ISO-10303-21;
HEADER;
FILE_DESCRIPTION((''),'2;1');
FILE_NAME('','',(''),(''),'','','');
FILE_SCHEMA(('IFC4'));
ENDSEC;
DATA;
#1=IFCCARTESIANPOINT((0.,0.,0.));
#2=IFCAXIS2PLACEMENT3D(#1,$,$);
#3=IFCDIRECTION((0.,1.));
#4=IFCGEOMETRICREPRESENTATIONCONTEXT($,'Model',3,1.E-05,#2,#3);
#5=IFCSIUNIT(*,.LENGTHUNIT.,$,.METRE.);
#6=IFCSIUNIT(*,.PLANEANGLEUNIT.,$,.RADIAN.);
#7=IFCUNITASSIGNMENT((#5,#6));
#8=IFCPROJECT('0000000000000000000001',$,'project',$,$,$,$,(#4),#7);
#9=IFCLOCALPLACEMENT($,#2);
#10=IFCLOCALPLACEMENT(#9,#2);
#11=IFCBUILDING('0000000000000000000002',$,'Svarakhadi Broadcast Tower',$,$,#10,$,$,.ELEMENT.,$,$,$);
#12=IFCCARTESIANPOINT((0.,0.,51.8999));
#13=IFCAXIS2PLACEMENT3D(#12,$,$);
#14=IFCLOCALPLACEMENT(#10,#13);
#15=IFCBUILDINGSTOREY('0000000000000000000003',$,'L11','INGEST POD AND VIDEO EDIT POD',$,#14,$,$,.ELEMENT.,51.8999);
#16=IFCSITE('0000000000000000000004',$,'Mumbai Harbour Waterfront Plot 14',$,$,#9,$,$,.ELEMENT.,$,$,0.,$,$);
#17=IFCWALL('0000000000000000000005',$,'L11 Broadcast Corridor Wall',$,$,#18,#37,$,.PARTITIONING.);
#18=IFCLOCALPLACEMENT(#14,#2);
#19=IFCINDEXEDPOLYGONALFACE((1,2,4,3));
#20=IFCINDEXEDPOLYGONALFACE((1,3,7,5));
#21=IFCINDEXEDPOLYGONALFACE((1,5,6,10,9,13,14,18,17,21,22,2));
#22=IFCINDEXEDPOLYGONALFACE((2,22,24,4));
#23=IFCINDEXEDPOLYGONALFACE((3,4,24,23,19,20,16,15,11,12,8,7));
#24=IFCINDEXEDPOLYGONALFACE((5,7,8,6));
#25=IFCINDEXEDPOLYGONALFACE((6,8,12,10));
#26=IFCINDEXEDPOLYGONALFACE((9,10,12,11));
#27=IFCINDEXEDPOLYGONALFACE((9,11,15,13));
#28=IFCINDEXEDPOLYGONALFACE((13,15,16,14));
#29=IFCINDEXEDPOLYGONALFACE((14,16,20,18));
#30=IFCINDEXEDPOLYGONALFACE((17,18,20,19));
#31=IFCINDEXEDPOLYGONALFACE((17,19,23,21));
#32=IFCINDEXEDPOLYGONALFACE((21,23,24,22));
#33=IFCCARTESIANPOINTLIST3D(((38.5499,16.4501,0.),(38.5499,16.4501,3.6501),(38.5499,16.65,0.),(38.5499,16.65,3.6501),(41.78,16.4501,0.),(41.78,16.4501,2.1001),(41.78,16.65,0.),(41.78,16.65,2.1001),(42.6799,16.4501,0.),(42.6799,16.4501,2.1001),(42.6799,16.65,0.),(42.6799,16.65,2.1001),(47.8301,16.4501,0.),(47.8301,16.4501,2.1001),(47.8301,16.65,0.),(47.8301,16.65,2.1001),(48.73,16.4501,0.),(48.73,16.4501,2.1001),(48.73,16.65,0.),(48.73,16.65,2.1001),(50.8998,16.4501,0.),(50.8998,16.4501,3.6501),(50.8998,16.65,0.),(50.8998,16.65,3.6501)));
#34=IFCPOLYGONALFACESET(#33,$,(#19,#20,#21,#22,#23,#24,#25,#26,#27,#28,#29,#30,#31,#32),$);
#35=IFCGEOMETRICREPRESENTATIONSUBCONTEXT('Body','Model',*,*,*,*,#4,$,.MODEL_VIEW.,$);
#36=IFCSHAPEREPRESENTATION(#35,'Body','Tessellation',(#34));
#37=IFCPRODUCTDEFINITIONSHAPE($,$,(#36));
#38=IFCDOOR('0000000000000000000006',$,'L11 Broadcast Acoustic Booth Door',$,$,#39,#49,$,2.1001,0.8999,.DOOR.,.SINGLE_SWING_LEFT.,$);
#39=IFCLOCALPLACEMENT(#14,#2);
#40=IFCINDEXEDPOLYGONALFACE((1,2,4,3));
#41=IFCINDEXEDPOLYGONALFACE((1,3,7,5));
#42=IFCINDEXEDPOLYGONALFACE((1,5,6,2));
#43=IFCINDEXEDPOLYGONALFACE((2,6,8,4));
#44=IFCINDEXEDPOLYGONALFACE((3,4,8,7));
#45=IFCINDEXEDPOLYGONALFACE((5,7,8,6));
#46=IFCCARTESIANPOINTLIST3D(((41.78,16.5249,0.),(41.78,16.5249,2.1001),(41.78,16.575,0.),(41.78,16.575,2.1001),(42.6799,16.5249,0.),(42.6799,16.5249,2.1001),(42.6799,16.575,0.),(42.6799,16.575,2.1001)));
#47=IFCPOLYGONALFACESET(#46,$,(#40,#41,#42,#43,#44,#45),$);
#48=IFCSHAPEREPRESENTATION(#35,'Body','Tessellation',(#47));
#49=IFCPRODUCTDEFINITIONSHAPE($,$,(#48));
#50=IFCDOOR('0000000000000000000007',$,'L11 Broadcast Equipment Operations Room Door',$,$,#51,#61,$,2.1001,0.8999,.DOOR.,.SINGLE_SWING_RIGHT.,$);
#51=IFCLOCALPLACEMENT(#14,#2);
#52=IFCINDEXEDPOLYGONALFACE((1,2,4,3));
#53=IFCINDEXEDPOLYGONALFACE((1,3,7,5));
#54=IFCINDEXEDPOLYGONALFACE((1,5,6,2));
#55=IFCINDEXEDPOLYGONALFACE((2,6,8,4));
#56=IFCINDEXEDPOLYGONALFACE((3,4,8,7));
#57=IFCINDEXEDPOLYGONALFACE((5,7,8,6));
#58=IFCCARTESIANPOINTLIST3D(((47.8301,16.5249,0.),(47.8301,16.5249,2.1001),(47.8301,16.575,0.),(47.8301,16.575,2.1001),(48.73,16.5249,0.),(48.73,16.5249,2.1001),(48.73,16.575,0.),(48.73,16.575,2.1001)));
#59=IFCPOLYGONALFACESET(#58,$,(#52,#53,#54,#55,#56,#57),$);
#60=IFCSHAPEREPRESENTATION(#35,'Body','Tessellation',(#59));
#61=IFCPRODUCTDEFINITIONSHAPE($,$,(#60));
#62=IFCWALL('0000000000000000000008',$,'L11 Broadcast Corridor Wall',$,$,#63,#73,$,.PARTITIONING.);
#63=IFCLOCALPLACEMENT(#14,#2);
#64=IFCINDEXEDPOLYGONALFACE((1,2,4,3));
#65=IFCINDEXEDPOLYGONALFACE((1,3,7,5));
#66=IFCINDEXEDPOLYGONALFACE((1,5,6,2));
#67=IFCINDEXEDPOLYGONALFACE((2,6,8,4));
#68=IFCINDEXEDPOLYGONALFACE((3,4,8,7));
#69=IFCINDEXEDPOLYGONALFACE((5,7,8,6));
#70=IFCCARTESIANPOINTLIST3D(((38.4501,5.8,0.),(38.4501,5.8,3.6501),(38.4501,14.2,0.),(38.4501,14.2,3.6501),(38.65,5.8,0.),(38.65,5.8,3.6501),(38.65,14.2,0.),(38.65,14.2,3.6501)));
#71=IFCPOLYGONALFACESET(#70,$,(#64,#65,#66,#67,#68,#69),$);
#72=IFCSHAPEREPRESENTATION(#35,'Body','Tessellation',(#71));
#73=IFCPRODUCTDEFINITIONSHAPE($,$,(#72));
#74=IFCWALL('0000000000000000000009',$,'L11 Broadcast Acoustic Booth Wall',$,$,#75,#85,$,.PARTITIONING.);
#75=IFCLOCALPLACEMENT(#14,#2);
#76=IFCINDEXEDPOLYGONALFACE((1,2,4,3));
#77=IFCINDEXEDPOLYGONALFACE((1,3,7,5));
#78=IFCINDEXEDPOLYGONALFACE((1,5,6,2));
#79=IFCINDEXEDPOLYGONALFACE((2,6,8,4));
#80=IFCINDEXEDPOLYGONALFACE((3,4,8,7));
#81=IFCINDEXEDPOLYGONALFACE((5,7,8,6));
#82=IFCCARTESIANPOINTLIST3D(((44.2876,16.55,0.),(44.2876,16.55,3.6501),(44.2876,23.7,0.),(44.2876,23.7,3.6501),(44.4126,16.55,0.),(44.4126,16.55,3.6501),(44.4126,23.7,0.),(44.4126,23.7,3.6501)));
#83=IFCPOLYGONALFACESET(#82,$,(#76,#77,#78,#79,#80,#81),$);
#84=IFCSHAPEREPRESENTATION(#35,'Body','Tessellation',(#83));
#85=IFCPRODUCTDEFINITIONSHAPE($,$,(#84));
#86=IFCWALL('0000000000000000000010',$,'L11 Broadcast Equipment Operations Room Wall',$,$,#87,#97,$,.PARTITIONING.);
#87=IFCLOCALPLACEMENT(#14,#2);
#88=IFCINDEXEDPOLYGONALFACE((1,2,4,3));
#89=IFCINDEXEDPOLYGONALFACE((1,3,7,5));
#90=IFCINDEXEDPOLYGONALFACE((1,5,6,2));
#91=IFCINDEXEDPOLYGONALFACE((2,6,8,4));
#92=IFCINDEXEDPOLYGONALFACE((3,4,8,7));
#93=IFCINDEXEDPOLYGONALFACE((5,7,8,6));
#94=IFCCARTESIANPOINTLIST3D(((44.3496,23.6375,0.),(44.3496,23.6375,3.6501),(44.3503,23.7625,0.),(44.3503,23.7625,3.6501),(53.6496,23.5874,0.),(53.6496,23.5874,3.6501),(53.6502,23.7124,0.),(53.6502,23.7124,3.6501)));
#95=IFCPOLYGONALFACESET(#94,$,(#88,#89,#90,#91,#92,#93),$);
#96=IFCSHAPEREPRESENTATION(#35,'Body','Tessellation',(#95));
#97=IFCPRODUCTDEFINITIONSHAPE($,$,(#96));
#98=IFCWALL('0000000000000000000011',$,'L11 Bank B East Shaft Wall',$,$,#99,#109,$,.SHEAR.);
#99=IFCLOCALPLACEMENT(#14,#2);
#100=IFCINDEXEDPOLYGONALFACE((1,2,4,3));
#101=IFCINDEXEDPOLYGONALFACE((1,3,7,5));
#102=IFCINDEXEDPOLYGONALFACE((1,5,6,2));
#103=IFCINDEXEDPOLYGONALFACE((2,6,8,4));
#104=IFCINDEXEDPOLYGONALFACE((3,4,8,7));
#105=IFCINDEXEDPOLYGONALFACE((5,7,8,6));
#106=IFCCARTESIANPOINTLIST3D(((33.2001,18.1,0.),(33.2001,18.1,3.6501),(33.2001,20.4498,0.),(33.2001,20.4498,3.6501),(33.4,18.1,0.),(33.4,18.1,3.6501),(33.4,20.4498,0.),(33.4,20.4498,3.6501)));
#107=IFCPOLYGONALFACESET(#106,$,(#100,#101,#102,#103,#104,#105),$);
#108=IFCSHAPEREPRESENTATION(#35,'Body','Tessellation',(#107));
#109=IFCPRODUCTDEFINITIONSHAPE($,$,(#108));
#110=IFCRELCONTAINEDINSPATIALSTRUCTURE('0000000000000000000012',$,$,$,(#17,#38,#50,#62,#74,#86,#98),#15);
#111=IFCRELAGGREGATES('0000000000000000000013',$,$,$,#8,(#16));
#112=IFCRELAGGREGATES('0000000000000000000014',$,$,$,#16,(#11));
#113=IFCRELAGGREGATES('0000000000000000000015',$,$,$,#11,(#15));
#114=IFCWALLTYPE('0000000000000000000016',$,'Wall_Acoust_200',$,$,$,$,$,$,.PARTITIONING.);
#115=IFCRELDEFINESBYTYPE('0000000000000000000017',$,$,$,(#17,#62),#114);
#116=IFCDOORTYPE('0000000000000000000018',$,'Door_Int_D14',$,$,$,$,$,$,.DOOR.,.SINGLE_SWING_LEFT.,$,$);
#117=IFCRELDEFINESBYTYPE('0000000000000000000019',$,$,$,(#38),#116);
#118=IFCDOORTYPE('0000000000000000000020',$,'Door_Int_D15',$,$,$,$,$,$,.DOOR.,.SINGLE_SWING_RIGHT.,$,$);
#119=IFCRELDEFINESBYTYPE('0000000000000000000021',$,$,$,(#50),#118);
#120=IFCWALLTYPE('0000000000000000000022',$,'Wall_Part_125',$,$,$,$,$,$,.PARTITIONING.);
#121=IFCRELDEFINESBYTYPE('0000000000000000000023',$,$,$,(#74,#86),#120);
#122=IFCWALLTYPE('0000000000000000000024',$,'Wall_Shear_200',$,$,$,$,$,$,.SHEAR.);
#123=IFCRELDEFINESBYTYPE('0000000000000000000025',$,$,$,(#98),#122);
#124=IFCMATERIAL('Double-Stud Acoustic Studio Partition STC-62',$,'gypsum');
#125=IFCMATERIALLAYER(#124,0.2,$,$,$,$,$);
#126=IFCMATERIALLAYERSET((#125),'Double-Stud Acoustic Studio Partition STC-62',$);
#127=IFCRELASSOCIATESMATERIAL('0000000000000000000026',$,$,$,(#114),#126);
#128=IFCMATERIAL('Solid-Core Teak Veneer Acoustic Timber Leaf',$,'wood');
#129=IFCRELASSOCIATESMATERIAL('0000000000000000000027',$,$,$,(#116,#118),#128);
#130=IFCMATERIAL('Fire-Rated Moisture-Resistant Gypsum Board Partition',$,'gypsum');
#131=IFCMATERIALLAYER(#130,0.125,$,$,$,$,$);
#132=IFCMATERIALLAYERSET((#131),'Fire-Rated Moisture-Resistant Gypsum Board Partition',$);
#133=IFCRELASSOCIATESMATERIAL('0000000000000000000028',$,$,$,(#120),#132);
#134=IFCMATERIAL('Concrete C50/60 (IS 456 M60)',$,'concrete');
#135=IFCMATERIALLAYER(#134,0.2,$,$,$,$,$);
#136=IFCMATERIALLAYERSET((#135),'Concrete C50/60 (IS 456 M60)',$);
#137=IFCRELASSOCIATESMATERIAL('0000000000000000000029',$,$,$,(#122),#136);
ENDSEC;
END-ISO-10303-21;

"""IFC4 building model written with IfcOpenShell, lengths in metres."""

from ifc_helpers import new_model, si_unit, direction, frame, frame_2d, origin, place, context, subcontext, project, spatial, rectangle, extrude, material, layer, layer_set, type_object, element, fill, save


model = new_model("IFC4")

# Units and contexts
model_context = context("Model", 3, precision=1e-05, world=origin(), true_north=direction((0.0, 1.0)))
body_context = subcontext(model_context, "Body", "Model", "MODEL_VIEW")
ifc_project = project(units=[si_unit("LENGTHUNIT", "METRE"), si_unit("PLANEANGLEUNIT", "RADIAN")], contexts=[model_context])

# Site, building, storey
site_placement = place(None, origin())
site = spatial("IfcSite", under=ifc_project, at=site_placement, Name="Mumbai Harbour Waterfront Plot 14", CompositionType="ELEMENT", RefElevation=0.0)
building_placement = place(site_placement, origin())
building = spatial("IfcBuilding", under=site, at=building_placement, Name="Svarakhadi Broadcast Tower", CompositionType="ELEMENT")
storey_placement = place(building_placement, frame((0.0, 0.0, 51.8999)))
storey = spatial("IfcBuildingStorey", under=building, at=storey_placement, Name="L11", Description="INGEST POD AND VIDEO EDIT POD", CompositionType="ELEMENT", Elevation=51.8999)

# Shared definitions
ifc_material_1 = material(Name="Double-Stud Acoustic Studio Partition STC-62", Category="gypsum")
ifc_layer_1 = layer(ifc_material_1, 0.2)
ifc_layer_set_1 = layer_set([ifc_layer_1], Name="Double-Stud Acoustic Studio Partition STC-62")
wall_type_1 = type_object("IfcWallType", Name="Wall_Acoust_200", PredefinedType="PARTITIONING", material=ifc_layer_set_1)

# Wall, openings, doors
wall_1_placement = place(storey_placement, frame((38.55, 16.55, 0.0), z_axis=(0.0, 0.0, 1.0), x_axis=(1.0, 0.0, 0.0)))
wall_1 = element("IfcWall", 1, at=wall_1_placement, inside=storey, type_object=wall_type_1, Name="L11 Broadcast Corridor Wall", PredefinedType="PARTITIONING", context=body_context, shape_type="SweptSolid", body=[
    extrude(rectangle(XDim=12.3499, YDim=0.2, at=frame_2d((6.1748, 0.0))), origin(), (0.0, 0.0, 1.0), 3.6501),
])
opening_1_placement = place(wall_1_placement, frame((3.23, 0.0, 0.0)))
opening_1 = element("IfcOpeningElement", 2, at=opening_1_placement, cuts=wall_1, PredefinedType="OPENING", context=body_context, shape_type="SweptSolid", body=[
    extrude(rectangle(XDim=0.8999, YDim=2.1001, at=frame_2d((0.45, 1.05))), frame((0.0, 0.1099, 0.0), z_axis=(0.0, -1.0, 0.0), x_axis=(1.0, 0.0, 0.0)), (0.0, 0.0, 1.0), 0.22),
])
opening_2_placement = place(wall_1_placement, frame((9.28, 0.0, 0.0)))
opening_2 = element("IfcOpeningElement", 3, at=opening_2_placement, cuts=wall_1, PredefinedType="OPENING", context=body_context, shape_type="SweptSolid", body=[
    extrude(rectangle(XDim=0.8999, YDim=2.1001, at=frame_2d((0.45, 1.05))), frame((0.0, 0.1099, 0.0), z_axis=(0.0, -1.0, 0.0), x_axis=(1.0, 0.0, 0.0)), (0.0, 0.0, 1.0), 0.22),
])
ifc_material_2 = material(Name="Solid-Core Teak Veneer Acoustic Timber Leaf", Category="wood")
door_type_1 = type_object("IfcDoorType", Name="Door_Int_D14", OperationType="SINGLE_SWING_LEFT", PredefinedType="DOOR", material=ifc_material_2)
door_1_placement = place(opening_1_placement, origin())
door_1 = element("IfcDoor", 4, at=door_1_placement, inside=storey, type_object=door_type_1, Name="L11 Broadcast Acoustic Booth Door", OperationType="SINGLE_SWING_LEFT", OverallHeight=2.1001, OverallWidth=0.8999, PredefinedType="DOOR", context=body_context, shape_type="SweptSolid", body=[
    extrude(rectangle(XDim=0.8999, YDim=2.1001, at=frame_2d((0.45, 1.05))), frame((0.0, 0.0249, 0.0), z_axis=(0.0, -1.0, 0.0), x_axis=(1.0, 0.0, 0.0)), (0.0, 0.0, 1.0), 0.05),
])
fill(opening_1, door_1)
door_type_2 = type_object("IfcDoorType", Name="Door_Int_D15", OperationType="SINGLE_SWING_RIGHT", PredefinedType="DOOR", material=ifc_material_2)
door_2_placement = place(opening_2_placement, origin())
door_2 = element("IfcDoor", 5, at=door_2_placement, inside=storey, type_object=door_type_2, Name="L11 Broadcast Equipment Operations Room Door", OperationType="SINGLE_SWING_RIGHT", OverallHeight=2.1001, OverallWidth=0.8999, PredefinedType="DOOR", context=body_context, shape_type="SweptSolid", body=[
    extrude(rectangle(XDim=0.8999, YDim=2.1001, at=frame_2d((0.45, 1.05))), frame((0.0, 0.0249, 0.0), z_axis=(0.0, -1.0, 0.0), x_axis=(1.0, 0.0, 0.0)), (0.0, 0.0, 1.0), 0.05),
])
fill(opening_2, door_2)

# Walls
wall_2_placement = place(storey_placement, frame((38.55, 14.2, 0.0), z_axis=(0.0, 0.0, 1.0), x_axis=(0.0, -1.0, 0.0)))
element("IfcWall", 6, at=wall_2_placement, inside=storey, type_object=wall_type_1, Name="L11 Broadcast Corridor Wall", PredefinedType="PARTITIONING", context=body_context, shape_type="SweptSolid", body=[
    extrude(rectangle(XDim=8.3999, YDim=0.2, at=frame_2d((4.2, 0.0))), origin(), (0.0, 0.0, 1.0), 3.6501),
])
ifc_material_3 = material(Name="Fire-Rated Moisture-Resistant Gypsum Board Partition", Category="gypsum")
ifc_layer_2 = layer(ifc_material_3, 0.125)
ifc_layer_set_2 = layer_set([ifc_layer_2], Name="Fire-Rated Moisture-Resistant Gypsum Board Partition")
wall_type_2 = type_object("IfcWallType", Name="Wall_Part_125", PredefinedType="PARTITIONING", material=ifc_layer_set_2)
wall_3_placement = place(storey_placement, frame((44.3501, 16.55, 0.0), z_axis=(0.0, 0.0, 1.0), x_axis=(0.0, 1.0, 0.0)))
element("IfcWall", 7, at=wall_3_placement, inside=storey, type_object=wall_type_2, Name="L11 Broadcast Acoustic Booth Wall", PredefinedType="PARTITIONING", context=body_context, shape_type="SweptSolid", body=[
    extrude(rectangle(XDim=7.1499, YDim=0.125, at=frame_2d((3.575, 0.0))), origin(), (0.0, 0.0, 1.0), 3.6501),
])
wall_4_placement = place(storey_placement, frame((44.3501, 23.7, 0.0), z_axis=(0.0, 0.0, 1.0), x_axis=(0.999986, -0.005382, 0.0)))
element("IfcWall", 8, at=wall_4_placement, inside=storey, type_object=wall_type_2, Name="L11 Broadcast Equipment Operations Room Wall", PredefinedType="PARTITIONING", context=body_context, shape_type="SweptSolid", body=[
    extrude(rectangle(XDim=9.3, YDim=0.125, at=frame_2d((4.6499, 0.0))), origin(), (0.0, 0.0, 1.0), 3.6501),
])
ifc_material_4 = material(Name="Concrete C50/60 (IS 456 M60)", Category="concrete")
ifc_layer_3 = layer(ifc_material_4, 0.2)
ifc_layer_set_3 = layer_set([ifc_layer_3], Name="Concrete C50/60 (IS 456 M60)")
wall_type_3 = type_object("IfcWallType", Name="Wall_Shear_200", PredefinedType="SHEAR", material=ifc_layer_set_3)
wall_5_placement = place(storey_placement, frame((33.3, 18.1001, 0.0), z_axis=(0.0, 0.0, 1.0), x_axis=(0.0, 1.0, 0.0)))
element("IfcWall", 9, at=wall_5_placement, inside=storey, type_object=wall_type_3, Name="L11 Bank B East Shaft Wall", PredefinedType="SHEAR", context=body_context, shape_type="SweptSolid", body=[
    extrude(rectangle(XDim=2.3499, YDim=0.2, at=frame_2d((1.1748, 0.0))), origin(), (0.0, 0.0, 1.0), 3.6501),
])

save(model, "model.ifc")
